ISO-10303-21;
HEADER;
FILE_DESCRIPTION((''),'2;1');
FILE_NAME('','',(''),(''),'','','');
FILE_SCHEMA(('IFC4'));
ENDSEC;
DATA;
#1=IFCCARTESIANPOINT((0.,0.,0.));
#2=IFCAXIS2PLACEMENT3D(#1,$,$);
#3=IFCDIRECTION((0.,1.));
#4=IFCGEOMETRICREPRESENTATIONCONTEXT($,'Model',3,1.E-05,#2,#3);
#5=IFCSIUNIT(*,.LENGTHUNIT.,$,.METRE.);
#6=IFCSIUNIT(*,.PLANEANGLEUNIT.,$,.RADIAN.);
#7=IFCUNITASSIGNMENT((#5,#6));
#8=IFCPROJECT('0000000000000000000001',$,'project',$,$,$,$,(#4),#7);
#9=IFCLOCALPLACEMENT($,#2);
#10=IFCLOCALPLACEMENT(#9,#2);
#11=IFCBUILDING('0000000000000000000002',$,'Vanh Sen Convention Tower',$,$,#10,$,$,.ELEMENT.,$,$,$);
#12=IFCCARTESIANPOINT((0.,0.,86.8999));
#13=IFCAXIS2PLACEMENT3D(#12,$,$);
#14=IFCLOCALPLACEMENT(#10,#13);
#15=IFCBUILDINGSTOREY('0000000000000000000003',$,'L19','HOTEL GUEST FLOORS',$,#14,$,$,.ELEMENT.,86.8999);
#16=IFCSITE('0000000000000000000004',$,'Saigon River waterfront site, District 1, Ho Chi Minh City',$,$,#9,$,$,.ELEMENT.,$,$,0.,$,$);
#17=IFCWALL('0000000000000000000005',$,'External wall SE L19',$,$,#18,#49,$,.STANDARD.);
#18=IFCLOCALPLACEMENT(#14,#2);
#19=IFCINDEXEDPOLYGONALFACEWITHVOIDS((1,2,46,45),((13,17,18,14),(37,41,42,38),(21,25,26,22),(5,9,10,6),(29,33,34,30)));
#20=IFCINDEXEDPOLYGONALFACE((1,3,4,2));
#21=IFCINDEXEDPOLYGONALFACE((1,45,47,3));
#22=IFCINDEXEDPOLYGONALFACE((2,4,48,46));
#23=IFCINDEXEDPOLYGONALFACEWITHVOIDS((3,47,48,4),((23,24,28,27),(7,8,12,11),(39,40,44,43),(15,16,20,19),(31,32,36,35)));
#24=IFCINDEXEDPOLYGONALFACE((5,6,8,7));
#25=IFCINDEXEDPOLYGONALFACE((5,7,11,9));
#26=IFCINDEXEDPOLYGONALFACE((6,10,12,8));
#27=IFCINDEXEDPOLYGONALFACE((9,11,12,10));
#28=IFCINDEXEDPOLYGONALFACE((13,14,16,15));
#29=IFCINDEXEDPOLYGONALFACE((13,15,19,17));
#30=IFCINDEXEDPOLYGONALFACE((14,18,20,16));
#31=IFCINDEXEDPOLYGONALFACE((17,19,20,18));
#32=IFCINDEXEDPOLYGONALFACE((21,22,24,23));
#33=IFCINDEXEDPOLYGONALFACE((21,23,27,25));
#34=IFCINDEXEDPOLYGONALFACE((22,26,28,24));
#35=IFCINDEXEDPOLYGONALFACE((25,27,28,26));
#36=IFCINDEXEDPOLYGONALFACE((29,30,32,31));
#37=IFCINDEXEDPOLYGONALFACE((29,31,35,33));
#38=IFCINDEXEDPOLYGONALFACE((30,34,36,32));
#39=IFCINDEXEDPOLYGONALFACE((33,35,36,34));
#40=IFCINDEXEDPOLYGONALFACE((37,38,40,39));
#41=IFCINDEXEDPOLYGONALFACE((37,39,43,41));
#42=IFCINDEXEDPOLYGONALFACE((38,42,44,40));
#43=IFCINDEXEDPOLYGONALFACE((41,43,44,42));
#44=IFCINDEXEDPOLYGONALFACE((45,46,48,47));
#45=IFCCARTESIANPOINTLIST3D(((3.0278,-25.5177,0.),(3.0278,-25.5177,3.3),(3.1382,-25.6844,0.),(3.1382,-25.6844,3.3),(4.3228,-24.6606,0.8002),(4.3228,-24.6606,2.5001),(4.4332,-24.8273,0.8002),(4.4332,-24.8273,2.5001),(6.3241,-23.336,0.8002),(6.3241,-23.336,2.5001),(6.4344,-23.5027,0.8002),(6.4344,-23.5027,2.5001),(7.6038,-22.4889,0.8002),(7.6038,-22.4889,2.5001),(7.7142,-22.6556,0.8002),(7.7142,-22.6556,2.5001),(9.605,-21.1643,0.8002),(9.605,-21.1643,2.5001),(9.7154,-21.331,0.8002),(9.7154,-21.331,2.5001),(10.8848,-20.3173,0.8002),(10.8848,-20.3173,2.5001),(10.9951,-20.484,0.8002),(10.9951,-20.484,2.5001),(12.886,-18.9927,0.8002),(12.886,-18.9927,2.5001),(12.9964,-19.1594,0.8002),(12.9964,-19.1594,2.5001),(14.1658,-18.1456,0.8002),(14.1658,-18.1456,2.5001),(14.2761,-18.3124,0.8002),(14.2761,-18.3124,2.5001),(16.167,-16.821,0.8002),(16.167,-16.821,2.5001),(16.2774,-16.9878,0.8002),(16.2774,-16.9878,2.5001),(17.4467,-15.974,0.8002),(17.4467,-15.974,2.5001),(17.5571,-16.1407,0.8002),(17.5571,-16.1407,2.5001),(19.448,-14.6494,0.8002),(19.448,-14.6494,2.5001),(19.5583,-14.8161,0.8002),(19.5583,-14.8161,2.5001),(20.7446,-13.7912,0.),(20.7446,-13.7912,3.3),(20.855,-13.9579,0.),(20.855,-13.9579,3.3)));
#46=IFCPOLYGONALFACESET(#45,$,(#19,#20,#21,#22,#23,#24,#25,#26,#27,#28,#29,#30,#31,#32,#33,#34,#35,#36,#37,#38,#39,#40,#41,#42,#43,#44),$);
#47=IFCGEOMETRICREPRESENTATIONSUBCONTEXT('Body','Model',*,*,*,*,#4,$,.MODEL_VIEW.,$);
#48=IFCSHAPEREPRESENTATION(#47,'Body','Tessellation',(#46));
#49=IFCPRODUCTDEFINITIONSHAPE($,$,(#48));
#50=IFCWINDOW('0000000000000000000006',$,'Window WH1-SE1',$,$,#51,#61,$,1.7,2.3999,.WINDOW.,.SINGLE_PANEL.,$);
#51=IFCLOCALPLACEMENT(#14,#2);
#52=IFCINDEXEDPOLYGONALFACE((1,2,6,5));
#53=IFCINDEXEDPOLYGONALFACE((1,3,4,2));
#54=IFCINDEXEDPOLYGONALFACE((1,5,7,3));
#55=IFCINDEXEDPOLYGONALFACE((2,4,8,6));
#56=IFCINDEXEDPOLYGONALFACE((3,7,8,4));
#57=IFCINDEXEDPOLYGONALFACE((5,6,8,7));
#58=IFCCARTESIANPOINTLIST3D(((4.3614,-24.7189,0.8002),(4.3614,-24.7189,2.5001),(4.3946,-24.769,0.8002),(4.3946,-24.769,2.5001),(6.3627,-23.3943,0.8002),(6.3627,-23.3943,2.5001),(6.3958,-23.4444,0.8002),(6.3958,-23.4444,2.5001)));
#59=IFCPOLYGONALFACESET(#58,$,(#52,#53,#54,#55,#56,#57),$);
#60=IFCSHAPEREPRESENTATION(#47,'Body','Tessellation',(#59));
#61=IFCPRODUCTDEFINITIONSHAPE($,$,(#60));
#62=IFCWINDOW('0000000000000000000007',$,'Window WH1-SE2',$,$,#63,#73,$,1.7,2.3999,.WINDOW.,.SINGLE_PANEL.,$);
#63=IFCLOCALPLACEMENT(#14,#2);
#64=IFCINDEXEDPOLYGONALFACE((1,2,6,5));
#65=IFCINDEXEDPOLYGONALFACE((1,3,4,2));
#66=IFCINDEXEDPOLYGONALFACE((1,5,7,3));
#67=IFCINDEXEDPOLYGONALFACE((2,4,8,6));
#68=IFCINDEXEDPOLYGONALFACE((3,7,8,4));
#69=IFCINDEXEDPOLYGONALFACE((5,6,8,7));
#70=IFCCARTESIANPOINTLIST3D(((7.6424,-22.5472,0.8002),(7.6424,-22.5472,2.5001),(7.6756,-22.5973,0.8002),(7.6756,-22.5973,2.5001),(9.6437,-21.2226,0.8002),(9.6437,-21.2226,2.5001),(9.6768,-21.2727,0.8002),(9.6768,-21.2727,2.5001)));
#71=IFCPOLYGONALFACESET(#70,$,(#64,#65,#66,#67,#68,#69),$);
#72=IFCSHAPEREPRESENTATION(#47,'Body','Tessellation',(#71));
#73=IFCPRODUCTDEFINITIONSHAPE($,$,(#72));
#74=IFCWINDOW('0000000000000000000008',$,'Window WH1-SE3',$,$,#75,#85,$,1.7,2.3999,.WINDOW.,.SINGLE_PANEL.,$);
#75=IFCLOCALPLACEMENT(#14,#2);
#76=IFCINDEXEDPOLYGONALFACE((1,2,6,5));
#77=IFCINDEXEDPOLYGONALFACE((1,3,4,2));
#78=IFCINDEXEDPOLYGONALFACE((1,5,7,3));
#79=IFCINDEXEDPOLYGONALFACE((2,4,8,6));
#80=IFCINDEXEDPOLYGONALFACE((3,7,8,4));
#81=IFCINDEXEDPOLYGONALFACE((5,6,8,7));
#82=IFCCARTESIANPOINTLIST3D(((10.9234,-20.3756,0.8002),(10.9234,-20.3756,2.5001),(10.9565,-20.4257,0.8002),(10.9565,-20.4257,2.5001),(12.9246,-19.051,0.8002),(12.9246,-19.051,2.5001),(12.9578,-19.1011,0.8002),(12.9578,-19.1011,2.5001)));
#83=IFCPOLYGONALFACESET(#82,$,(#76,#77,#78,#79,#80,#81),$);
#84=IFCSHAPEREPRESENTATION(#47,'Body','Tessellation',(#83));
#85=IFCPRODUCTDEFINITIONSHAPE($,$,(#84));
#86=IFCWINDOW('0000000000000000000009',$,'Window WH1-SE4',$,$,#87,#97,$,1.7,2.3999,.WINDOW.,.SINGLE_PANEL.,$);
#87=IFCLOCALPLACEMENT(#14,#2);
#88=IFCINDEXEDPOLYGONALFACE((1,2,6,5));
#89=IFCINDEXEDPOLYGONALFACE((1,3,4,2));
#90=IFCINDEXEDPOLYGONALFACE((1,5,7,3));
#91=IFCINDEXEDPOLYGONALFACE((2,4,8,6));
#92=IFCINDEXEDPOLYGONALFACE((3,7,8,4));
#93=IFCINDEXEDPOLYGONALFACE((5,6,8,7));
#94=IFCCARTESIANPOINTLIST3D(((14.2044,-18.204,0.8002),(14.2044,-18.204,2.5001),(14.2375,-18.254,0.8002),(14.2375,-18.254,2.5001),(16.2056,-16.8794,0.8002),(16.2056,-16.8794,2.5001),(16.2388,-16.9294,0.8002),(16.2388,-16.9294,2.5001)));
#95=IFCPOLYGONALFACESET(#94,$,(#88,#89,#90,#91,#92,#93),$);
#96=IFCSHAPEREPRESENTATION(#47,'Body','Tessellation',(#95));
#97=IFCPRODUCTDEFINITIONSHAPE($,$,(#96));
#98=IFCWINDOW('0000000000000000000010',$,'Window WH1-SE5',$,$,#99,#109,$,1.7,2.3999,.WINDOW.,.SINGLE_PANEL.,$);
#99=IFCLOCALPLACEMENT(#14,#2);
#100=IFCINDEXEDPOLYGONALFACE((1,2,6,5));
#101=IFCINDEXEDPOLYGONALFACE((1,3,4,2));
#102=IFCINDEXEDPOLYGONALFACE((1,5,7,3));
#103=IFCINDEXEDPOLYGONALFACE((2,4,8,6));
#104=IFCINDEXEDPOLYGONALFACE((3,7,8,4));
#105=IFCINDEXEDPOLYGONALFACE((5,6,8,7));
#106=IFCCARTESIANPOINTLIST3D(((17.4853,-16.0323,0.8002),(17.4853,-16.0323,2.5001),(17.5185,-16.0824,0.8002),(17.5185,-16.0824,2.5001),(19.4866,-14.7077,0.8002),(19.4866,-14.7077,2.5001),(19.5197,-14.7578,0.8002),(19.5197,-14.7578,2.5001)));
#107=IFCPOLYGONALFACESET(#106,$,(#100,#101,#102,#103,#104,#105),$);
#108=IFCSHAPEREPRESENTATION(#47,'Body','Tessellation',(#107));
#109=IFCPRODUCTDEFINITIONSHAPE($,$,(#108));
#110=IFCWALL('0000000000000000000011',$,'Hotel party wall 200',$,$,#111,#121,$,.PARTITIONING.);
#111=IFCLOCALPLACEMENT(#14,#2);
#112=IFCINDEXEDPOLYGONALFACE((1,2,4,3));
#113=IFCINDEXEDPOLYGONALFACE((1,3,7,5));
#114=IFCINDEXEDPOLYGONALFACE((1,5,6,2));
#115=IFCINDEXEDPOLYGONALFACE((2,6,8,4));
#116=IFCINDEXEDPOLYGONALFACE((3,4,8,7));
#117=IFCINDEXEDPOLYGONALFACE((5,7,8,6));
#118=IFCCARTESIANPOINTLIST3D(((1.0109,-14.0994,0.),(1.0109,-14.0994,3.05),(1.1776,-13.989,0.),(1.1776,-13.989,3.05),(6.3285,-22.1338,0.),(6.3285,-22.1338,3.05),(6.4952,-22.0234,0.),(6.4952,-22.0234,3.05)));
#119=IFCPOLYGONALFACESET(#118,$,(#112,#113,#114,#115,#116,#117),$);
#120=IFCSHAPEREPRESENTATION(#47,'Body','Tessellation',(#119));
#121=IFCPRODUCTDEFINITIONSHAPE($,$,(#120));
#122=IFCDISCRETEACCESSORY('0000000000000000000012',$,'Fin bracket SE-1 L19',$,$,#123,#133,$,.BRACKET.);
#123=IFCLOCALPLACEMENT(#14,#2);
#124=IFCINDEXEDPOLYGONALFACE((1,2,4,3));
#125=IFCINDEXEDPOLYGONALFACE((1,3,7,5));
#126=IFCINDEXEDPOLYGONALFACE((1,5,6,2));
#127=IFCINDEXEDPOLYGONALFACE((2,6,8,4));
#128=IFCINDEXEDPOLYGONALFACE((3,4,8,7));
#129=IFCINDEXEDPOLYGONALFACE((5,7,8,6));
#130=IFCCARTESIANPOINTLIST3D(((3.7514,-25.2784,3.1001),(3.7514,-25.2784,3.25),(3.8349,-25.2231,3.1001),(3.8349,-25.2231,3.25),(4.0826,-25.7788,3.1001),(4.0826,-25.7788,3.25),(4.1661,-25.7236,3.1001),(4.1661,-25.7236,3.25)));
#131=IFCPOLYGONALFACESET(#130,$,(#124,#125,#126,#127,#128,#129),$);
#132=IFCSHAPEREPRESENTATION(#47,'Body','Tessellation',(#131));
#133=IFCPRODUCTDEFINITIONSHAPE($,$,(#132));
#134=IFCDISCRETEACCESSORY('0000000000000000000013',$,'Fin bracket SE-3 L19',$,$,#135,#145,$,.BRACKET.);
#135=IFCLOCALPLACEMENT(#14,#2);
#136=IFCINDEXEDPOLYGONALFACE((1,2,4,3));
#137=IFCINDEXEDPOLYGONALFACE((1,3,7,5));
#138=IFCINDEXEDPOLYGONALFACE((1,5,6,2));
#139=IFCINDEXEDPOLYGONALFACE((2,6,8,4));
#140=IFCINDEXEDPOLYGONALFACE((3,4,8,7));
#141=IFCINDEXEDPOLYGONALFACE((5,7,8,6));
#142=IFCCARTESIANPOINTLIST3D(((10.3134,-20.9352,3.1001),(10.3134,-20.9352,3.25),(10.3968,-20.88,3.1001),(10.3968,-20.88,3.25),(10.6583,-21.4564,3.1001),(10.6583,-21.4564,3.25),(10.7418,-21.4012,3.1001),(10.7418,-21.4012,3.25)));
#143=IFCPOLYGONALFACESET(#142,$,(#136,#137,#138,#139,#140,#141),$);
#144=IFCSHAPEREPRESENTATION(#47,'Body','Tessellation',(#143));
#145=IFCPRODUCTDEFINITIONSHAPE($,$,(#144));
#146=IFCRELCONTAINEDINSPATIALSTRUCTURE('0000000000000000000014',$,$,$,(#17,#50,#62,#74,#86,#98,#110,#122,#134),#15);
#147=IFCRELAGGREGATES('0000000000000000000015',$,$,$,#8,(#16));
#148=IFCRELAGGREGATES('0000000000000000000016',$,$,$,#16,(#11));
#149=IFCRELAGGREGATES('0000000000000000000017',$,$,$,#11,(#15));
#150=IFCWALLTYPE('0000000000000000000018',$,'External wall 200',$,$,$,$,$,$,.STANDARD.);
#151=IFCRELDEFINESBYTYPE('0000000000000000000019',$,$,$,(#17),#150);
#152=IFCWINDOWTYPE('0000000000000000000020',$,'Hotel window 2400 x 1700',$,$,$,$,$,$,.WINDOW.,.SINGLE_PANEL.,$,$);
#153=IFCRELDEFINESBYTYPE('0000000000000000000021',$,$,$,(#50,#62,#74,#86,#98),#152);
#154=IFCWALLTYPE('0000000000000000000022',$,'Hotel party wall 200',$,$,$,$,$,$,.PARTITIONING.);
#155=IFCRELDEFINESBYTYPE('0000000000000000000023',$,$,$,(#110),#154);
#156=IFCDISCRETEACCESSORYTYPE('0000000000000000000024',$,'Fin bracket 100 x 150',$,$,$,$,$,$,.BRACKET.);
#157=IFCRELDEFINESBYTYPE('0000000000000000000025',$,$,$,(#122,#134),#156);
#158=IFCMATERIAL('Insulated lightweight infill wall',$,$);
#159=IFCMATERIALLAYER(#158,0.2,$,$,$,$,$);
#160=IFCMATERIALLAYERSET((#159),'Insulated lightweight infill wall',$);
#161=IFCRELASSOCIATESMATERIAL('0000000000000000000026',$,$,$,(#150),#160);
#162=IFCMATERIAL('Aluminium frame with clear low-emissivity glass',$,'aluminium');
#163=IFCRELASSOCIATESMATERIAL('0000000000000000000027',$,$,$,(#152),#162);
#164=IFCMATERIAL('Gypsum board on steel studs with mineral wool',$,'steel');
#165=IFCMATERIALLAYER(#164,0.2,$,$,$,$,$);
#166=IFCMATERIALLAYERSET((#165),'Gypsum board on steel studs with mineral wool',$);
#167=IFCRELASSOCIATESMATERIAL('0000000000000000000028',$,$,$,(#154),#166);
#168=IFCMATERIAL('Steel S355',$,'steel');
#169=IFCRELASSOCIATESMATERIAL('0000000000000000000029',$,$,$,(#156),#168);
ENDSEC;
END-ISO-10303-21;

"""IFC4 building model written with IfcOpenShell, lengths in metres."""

from ifc_helpers import new_model, si_unit, direction, frame, frame_2d, origin, origin_2d, place, context, subcontext, project, spatial, rectangle, extrude, material, layer, layer_set, type_object, element, fill, save


model = new_model("IFC4")

# Units and contexts
model_context = context("Model", 3, precision=1e-05, world=origin(), true_north=direction((0.0, 1.0)))
body_context = subcontext(model_context, "Body", "Model", "MODEL_VIEW")
ifc_project = project(units=[si_unit("LENGTHUNIT", "METRE"), si_unit("PLANEANGLEUNIT", "RADIAN")], contexts=[model_context])

# Site, building, storey
site_placement = place(None, origin())
site = spatial("IfcSite", under=ifc_project, at=site_placement, Name="Saigon River waterfront site, District 1, Ho Chi Minh City", CompositionType="ELEMENT", RefElevation=0.0)
building_placement = place(site_placement, origin())
building = spatial("IfcBuilding", under=site, at=building_placement, Name="Vanh Sen Convention Tower", CompositionType="ELEMENT")
storey_placement = place(building_placement, frame((0.0, 0.0, 86.8999)))
storey = spatial("IfcBuildingStorey", under=building, at=storey_placement, Name="L19", Description="HOTEL GUEST FLOORS", CompositionType="ELEMENT", Elevation=86.8999)

# Shared definitions
ifc_material_1 = material(Name="Gypsum board on steel studs with mineral wool", Category="steel")

# Wall, openings, windows
ifc_material_2 = material(Name="Insulated lightweight infill wall")
ifc_layer_1 = layer(ifc_material_2, 0.2)
ifc_layer_set_1 = layer_set([ifc_layer_1], Name="Insulated lightweight infill wall")
wall_type_1 = type_object("IfcWallType", Name="External wall 200", PredefinedType="STANDARD", material=ifc_layer_set_1)
wall_1_placement = place(storey_placement, frame((3.083, -25.6011, 0.0), z_axis=(0.0, 0.0, 1.0), x_axis=(0.833884, 0.551939, 0.0)))
wall_1 = element("IfcWall", 1, at=wall_1_placement, inside=storey, type_object=wall_type_1, Name="External wall SE L19", PredefinedType="STANDARD", context=body_context, shape_type="SweptSolid", body=[
    extrude(rectangle(XDim=21.2461, YDim=0.2, at=frame_2d((10.623, 0.0))), origin(), (0.0, 0.0, 1.0), 3.3),
])
opening_1_placement = place(wall_1_placement, frame((1.553, 0.0, 0.8)))
opening_1 = element("IfcOpeningElement", 2, at=opening_1_placement, cuts=wall_1, PredefinedType="OPENING", context=body_context, shape_type="SweptSolid", body=[
    extrude(rectangle(XDim=2.3999, YDim=1.7, at=frame_2d((1.2, 0.8501))), frame((0.0, 0.1099, 0.0), z_axis=(0.0, -1.0, 0.0), x_axis=(1.0, 0.0, 0.0)), (0.0, 0.0, 1.0), 0.22),
])
opening_2_placement = place(wall_1_placement, frame((5.4875, 0.0, 0.8)))
opening_2 = element("IfcOpeningElement", 3, at=opening_2_placement, cuts=wall_1, PredefinedType="OPENING", context=body_context, shape_type="SweptSolid", body=[
    extrude(rectangle(XDim=2.3999, YDim=1.7, at=frame_2d((1.2, 0.8501))), frame((0.0, 0.1099, 0.0), z_axis=(0.0, -1.0, 0.0), x_axis=(1.0, 0.0, 0.0)), (0.0, 0.0, 1.0), 0.22),
])
opening_3_placement = place(wall_1_placement, frame((9.4221, 0.0, 0.8)))
opening_3 = element("IfcOpeningElement", 4, at=opening_3_placement, cuts=wall_1, PredefinedType="OPENING", context=body_context, shape_type="SweptSolid", body=[
    extrude(rectangle(XDim=2.3999, YDim=1.7, at=frame_2d((1.2, 0.8501))), frame((0.0, 0.1099, 0.0), z_axis=(0.0, -1.0, 0.0), x_axis=(1.0, 0.0, 0.0)), (0.0, 0.0, 1.0), 0.22),
])
opening_4_placement = place(wall_1_placement, frame((13.3567, 0.0, 0.8)))
opening_4 = element("IfcOpeningElement", 5, at=opening_4_placement, cuts=wall_1, PredefinedType="OPENING", context=body_context, shape_type="SweptSolid", body=[
    extrude(rectangle(XDim=2.3999, YDim=1.7, at=frame_2d((1.2, 0.8501))), frame((0.0, 0.1099, 0.0), z_axis=(0.0, -1.0, 0.0), x_axis=(1.0, 0.0, 0.0)), (0.0, 0.0, 1.0), 0.22),
])
opening_5_placement = place(wall_1_placement, frame((17.2913, 0.0, 0.8)))
opening_5 = element("IfcOpeningElement", 6, at=opening_5_placement, cuts=wall_1, PredefinedType="OPENING", context=body_context, shape_type="SweptSolid", body=[
    extrude(rectangle(XDim=2.3999, YDim=1.7, at=frame_2d((1.2, 0.8501))), frame((0.0, 0.1099, 0.0), z_axis=(0.0, -1.0, 0.0), x_axis=(1.0, 0.0, 0.0)), (0.0, 0.0, 1.0), 0.22),
])
ifc_material_3 = material(Name="Aluminium frame with clear low-emissivity glass", Category="aluminium")
window_type = type_object("IfcWindowType", Name="Hotel window 2400 x 1700", PartitioningType="SINGLE_PANEL", PredefinedType="WINDOW", material=ifc_material_3)
window_1_placement = place(opening_1_placement, origin())
window_1 = element("IfcWindow", 7, at=window_1_placement, inside=storey, type_object=window_type, Name="Window WH1-SE1", OverallHeight=1.7, OverallWidth=2.3999, PartitioningType="SINGLE_PANEL", PredefinedType="WINDOW", context=body_context, shape_type="SweptSolid", body=[
    extrude(rectangle(XDim=2.3999, YDim=1.7, at=frame_2d((1.2, 0.8501))), frame((0.0, 0.03, 0.0), z_axis=(0.0, -1.0, 0.0), x_axis=(1.0, 0.0, 0.0)), (0.0, 0.0, 1.0), 0.0601),
])
fill(opening_1, window_1)
window_2_placement = place(opening_2_placement, origin())
window_2 = element("IfcWindow", 8, at=window_2_placement, inside=storey, type_object=window_type, Name="Window WH1-SE2", OverallHeight=1.7, OverallWidth=2.3999, PartitioningType="SINGLE_PANEL", PredefinedType="WINDOW", context=body_context, shape_type="SweptSolid", body=[
    extrude(rectangle(XDim=2.3999, YDim=1.7, at=frame_2d((1.2, 0.8501))), frame((0.0, 0.03, 0.0), z_axis=(0.0, -1.0, 0.0), x_axis=(1.0, 0.0, 0.0)), (0.0, 0.0, 1.0), 0.0601),
])
fill(opening_2, window_2)
window_3_placement = place(opening_3_placement, origin())
window_3 = element("IfcWindow", 9, at=window_3_placement, inside=storey, type_object=window_type, Name="Window WH1-SE3", OverallHeight=1.7, OverallWidth=2.3999, PartitioningType="SINGLE_PANEL", PredefinedType="WINDOW", context=body_context, shape_type="SweptSolid", body=[
    extrude(rectangle(XDim=2.3999, YDim=1.7, at=frame_2d((1.2, 0.8501))), frame((0.0, 0.03, 0.0), z_axis=(0.0, -1.0, 0.0), x_axis=(1.0, 0.0, 0.0)), (0.0, 0.0, 1.0), 0.0601),
])
fill(opening_3, window_3)
window_4_placement = place(opening_4_placement, origin())
window_4 = element("IfcWindow", 10, at=window_4_placement, inside=storey, type_object=window_type, Name="Window WH1-SE4", OverallHeight=1.7, OverallWidth=2.3999, PartitioningType="SINGLE_PANEL", PredefinedType="WINDOW", context=body_context, shape_type="SweptSolid", body=[
    extrude(rectangle(XDim=2.3999, YDim=1.7, at=frame_2d((1.2, 0.8501))), frame((0.0, 0.03, 0.0), z_axis=(0.0, -1.0, 0.0), x_axis=(1.0, 0.0, 0.0)), (0.0, 0.0, 1.0), 0.0601),
])
fill(opening_4, window_4)
window_5_placement = place(opening_5_placement, origin())
window_5 = element("IfcWindow", 11, at=window_5_placement, inside=storey, type_object=window_type, Name="Window WH1-SE5", OverallHeight=1.7, OverallWidth=2.3999, PartitioningType="SINGLE_PANEL", PredefinedType="WINDOW", context=body_context, shape_type="SweptSolid", body=[
    extrude(rectangle(XDim=2.3999, YDim=1.7, at=frame_2d((1.2, 0.8501))), frame((0.0, 0.03, 0.0), z_axis=(0.0, -1.0, 0.0), x_axis=(1.0, 0.0, 0.0)), (0.0, 0.0, 1.0), 0.0601),
])
fill(opening_5, window_5)

# Wall
ifc_layer_2 = layer(ifc_material_1, 0.2)
ifc_layer_set_2 = layer_set([ifc_layer_2], Name="Gypsum board on steel studs with mineral wool")
wall_type_2 = type_object("IfcWallType", Name="Hotel party wall 200", PredefinedType="PARTITIONING", material=ifc_layer_set_2)
wall_2_placement = place(storey_placement, frame((6.4119, -22.0786, 0.0), z_axis=(0.0, 0.0, 1.0), x_axis=(-0.55192, 0.833897, 0.0)))
element("IfcWall", 12, at=wall_2_placement, inside=storey, type_object=wall_type_2, Name="Hotel party wall 200", PredefinedType="PARTITIONING", context=body_context, shape_type="SweptSolid", body=[
    extrude(rectangle(XDim=9.6348, YDim=0.2, at=frame_2d((4.8174, 0.0))), origin(), (0.0, 0.0, 1.0), 3.05),
])

# Discrete accessories
ifc_material_4 = material(Name="Steel S355", Category="steel")
discrete_accessory_type = type_object("IfcDiscreteAccessoryType", Name="Fin bracket 100 x 150", PredefinedType="BRACKET", material=ifc_material_4)
discrete_accessory_1_placement = place(storey_placement, frame((3.9587, -25.501, 3.1001), z_axis=(0.0, 0.0, 1.0), x_axis=(0.551937, -0.833886, 0.0)))
element("IfcDiscreteAccessory", 13, at=discrete_accessory_1_placement, inside=storey, type_object=discrete_accessory_type, Name="Fin bracket SE-1 L19", PredefinedType="BRACKET", context=body_context, shape_type="SweptSolid", body=[
    extrude(rectangle(XDim=0.6001, YDim=0.1001, at=origin_2d()), origin(), (0.0, 0.0, 1.0), 0.1499),
])
discrete_accessory_2_placement = place(storey_placement, frame((10.5276, -21.1682, 3.1001), z_axis=(0.0, 0.0, 1.0), x_axis=(0.551937, -0.833886, 0.0)))
element("IfcDiscreteAccessory", 14, at=discrete_accessory_2_placement, inside=storey, type_object=discrete_accessory_type, Name="Fin bracket SE-3 L19", PredefinedType="BRACKET", context=body_context, shape_type="SweptSolid", body=[
    extrude(rectangle(XDim=0.625, YDim=0.1001, at=origin_2d()), origin(), (0.0, 0.0, 1.0), 0.1499),
])

save(model, "model.ifc")
